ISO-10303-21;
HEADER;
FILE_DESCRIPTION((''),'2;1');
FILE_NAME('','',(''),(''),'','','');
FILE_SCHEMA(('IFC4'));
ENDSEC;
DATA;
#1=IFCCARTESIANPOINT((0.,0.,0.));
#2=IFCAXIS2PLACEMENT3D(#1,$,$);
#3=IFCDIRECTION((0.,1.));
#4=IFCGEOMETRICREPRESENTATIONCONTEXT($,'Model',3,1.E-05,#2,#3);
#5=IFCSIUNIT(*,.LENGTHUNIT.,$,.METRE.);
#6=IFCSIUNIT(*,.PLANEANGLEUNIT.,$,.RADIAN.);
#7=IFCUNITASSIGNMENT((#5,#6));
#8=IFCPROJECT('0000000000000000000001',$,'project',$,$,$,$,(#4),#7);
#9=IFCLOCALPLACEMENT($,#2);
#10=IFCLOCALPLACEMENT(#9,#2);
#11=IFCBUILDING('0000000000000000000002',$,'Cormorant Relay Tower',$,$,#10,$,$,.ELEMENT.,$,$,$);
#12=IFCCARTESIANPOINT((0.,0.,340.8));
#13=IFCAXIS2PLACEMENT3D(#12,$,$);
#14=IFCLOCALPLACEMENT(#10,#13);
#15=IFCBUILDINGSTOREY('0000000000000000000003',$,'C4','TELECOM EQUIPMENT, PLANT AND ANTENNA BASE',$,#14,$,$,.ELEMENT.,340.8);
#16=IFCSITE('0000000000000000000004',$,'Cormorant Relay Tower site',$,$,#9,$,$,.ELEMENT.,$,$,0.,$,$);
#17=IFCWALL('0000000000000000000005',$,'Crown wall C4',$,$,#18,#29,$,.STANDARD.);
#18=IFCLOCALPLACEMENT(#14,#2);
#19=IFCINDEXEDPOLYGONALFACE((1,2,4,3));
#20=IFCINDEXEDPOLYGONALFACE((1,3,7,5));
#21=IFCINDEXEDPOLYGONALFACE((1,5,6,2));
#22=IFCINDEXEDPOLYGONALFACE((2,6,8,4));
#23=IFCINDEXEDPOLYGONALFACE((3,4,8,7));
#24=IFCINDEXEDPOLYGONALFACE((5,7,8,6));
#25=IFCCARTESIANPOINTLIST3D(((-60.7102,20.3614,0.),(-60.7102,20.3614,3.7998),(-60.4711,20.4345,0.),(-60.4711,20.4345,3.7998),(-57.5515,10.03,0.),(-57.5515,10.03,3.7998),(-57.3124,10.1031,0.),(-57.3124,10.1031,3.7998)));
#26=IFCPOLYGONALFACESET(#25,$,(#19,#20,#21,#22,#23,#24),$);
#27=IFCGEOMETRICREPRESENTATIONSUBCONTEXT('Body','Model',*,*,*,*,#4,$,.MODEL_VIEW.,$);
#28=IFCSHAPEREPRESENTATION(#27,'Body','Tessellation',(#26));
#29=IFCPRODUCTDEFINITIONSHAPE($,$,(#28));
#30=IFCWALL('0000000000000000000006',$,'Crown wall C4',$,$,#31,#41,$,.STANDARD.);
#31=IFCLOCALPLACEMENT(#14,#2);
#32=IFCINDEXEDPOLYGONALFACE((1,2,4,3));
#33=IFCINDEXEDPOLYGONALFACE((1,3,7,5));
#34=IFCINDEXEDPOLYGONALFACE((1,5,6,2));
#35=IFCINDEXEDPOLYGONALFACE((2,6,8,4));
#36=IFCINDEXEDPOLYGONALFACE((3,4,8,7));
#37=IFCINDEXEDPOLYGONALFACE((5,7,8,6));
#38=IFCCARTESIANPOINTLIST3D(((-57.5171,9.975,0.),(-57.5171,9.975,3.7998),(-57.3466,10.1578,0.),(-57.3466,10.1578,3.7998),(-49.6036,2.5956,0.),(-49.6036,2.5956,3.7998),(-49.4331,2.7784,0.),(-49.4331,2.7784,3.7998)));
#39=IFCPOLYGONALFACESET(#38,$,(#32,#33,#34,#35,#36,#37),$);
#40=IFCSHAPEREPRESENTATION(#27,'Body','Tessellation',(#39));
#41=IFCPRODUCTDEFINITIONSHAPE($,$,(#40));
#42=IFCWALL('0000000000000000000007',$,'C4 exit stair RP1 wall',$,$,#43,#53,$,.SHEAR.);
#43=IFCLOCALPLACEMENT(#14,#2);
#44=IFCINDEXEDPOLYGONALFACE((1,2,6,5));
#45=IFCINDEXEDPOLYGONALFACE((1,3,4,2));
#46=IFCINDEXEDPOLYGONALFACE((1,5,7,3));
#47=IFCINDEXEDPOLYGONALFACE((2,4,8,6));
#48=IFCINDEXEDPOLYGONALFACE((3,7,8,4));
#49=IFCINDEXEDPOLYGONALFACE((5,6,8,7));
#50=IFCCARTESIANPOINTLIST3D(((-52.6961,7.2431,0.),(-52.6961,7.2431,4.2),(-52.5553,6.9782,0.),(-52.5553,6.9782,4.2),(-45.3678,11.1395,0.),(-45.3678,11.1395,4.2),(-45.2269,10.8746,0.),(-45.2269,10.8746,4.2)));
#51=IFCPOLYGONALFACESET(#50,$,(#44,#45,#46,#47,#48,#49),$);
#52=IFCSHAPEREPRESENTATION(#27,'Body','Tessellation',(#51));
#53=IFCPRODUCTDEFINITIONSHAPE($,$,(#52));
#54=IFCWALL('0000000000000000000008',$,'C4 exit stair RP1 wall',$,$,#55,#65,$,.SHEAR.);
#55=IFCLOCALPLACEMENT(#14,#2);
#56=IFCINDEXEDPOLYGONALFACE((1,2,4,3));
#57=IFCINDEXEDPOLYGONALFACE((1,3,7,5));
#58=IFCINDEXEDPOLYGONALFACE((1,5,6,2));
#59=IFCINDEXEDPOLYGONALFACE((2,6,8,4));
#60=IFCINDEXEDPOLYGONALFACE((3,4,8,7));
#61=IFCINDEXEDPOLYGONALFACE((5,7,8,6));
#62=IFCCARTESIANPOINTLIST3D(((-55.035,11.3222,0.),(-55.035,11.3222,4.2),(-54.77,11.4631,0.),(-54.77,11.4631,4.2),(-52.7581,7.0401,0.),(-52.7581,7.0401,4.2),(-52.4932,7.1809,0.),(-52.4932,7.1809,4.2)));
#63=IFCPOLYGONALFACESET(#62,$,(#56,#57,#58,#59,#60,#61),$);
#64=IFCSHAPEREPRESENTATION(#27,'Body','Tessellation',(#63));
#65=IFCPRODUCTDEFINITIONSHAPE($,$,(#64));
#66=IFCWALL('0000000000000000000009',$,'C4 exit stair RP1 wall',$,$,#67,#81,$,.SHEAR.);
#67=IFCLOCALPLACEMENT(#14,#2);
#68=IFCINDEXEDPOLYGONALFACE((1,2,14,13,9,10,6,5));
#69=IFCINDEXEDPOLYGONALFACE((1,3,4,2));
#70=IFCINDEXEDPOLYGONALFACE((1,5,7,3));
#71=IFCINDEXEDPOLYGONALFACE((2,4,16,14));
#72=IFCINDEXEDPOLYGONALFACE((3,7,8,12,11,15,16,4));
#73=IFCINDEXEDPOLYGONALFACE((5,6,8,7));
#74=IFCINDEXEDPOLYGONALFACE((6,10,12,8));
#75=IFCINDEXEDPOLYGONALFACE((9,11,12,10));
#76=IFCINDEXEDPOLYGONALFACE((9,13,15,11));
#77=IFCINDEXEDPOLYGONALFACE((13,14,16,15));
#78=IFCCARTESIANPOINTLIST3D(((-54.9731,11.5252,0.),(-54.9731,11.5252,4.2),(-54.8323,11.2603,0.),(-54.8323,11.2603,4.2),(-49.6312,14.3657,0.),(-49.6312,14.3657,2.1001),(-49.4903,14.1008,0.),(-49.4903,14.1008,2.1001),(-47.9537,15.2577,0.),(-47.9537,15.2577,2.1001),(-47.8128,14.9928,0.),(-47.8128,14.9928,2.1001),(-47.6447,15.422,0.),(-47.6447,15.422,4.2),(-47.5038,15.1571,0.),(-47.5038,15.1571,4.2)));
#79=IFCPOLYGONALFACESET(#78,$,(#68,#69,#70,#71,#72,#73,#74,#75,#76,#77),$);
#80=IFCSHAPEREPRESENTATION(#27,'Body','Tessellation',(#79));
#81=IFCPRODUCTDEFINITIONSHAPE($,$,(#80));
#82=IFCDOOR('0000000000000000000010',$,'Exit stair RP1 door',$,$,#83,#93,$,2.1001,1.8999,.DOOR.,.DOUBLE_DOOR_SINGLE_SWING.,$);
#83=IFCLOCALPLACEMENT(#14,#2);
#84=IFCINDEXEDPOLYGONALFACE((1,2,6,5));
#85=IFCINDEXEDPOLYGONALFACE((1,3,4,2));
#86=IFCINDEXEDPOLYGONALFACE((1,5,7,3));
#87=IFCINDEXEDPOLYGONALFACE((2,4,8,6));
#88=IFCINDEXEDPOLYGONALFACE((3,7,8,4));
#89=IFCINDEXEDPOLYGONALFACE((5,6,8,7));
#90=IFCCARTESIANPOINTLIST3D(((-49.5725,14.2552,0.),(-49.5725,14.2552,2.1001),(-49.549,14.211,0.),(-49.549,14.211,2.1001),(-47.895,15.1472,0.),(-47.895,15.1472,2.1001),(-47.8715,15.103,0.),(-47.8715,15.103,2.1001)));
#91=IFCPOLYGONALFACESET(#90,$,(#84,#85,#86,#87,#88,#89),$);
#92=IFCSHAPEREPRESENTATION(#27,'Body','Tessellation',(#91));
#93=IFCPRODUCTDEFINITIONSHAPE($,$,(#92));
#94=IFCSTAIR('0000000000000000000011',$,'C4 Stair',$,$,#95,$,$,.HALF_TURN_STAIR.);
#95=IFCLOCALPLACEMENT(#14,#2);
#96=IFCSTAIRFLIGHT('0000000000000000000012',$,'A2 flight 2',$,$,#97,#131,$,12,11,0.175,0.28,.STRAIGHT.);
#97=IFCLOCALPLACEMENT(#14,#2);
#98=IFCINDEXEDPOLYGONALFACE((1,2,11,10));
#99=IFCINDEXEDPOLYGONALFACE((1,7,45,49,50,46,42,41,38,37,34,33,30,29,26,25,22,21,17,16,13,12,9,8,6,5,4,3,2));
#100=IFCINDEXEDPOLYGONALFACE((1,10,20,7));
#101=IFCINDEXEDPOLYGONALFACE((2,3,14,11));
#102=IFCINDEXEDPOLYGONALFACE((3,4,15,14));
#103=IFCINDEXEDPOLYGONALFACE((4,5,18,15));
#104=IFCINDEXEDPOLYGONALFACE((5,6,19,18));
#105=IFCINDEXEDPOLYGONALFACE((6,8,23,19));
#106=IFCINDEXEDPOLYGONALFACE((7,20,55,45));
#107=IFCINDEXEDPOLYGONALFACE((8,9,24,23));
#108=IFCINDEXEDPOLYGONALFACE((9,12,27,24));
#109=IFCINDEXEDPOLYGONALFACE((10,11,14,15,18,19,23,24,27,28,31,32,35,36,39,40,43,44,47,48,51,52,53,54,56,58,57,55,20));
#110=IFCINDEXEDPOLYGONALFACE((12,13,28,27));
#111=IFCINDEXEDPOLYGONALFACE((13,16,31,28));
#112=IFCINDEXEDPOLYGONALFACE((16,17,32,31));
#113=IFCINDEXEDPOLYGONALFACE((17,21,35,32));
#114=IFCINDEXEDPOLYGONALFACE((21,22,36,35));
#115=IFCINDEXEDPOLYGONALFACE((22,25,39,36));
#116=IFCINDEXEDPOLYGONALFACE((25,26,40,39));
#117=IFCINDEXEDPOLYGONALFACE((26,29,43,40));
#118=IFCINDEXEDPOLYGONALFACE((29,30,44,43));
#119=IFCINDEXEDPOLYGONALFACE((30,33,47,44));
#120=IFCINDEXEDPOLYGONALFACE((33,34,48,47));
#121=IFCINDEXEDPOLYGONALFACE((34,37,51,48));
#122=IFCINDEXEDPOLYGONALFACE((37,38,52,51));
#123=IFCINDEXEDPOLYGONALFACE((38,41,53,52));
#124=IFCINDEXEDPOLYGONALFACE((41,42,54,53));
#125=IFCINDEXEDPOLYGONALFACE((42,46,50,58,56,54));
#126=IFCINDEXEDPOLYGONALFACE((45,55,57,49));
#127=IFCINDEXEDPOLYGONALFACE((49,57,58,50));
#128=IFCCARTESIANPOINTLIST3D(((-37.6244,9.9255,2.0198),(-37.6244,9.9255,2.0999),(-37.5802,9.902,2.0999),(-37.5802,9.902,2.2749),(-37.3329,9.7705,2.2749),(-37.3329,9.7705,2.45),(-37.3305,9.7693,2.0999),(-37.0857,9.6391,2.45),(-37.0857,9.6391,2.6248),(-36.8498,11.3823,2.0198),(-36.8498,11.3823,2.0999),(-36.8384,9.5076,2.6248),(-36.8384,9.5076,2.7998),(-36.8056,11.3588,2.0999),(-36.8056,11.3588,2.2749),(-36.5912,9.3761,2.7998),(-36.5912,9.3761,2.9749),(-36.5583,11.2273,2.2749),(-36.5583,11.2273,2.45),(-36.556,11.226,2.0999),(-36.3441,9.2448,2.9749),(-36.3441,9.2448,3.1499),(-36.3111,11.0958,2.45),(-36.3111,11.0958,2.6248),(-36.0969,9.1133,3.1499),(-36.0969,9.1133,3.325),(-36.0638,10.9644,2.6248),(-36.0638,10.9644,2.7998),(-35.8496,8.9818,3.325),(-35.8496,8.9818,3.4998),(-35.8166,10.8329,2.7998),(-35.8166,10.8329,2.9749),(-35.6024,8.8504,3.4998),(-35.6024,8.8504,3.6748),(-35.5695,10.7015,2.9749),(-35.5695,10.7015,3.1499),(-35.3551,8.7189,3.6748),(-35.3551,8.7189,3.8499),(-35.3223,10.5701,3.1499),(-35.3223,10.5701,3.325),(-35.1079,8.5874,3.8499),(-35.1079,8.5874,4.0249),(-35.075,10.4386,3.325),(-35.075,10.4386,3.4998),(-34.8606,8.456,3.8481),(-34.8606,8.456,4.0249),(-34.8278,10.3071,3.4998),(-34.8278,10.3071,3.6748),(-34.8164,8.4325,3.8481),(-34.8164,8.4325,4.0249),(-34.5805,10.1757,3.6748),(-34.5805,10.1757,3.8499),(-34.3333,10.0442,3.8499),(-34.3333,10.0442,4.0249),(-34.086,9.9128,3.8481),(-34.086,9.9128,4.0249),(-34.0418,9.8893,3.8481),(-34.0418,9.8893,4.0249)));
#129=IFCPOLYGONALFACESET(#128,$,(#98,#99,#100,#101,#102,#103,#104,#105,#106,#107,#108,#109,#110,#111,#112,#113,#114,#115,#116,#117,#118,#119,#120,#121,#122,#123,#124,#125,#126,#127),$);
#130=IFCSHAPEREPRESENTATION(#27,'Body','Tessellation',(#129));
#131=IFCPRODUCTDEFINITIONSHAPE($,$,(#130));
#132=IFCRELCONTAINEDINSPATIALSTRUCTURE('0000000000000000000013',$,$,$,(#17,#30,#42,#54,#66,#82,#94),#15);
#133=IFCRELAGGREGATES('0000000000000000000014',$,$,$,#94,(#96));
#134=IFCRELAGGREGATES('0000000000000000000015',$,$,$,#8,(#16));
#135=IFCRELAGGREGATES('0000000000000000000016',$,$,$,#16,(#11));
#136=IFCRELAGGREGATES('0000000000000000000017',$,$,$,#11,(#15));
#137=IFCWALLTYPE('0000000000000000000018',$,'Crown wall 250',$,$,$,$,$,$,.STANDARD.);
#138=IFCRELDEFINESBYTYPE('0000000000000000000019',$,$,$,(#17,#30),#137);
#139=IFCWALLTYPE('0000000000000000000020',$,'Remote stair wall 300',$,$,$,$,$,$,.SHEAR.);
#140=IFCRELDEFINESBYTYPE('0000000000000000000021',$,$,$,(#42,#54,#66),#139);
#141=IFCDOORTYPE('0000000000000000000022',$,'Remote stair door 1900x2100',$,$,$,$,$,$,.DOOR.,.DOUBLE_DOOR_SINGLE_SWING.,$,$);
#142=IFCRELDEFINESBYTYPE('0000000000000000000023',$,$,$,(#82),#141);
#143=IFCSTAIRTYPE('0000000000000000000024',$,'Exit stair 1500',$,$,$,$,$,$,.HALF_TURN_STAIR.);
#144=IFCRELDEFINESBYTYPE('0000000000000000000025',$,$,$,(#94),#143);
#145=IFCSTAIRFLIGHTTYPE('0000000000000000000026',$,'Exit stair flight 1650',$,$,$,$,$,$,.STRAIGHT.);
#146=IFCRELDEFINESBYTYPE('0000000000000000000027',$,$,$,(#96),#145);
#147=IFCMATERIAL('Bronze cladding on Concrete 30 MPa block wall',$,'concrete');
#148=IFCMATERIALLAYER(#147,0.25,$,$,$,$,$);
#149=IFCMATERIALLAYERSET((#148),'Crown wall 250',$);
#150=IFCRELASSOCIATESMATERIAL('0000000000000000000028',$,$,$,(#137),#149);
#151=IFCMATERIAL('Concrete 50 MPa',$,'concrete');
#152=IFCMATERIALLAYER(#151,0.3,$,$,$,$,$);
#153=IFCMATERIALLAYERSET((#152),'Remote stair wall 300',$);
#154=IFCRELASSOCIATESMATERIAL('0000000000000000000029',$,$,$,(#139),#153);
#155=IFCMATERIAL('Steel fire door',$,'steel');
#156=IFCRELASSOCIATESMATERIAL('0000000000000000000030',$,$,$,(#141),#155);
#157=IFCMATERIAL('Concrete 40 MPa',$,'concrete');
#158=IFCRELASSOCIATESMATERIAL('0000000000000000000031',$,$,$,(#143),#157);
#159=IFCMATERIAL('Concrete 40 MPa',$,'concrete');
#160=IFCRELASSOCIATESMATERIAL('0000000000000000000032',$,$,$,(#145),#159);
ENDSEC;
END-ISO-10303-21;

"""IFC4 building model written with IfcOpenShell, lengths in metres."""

from ifc_helpers import new_model, si_unit, direction, frame, frame_2d, origin, place, context, subcontext, project, spatial, polyline, rectangle, outline, extrude, material, layer, layer_set, type_object, element, fill, aggregate, save


model = new_model("IFC4")

# Units and contexts
model_context = context("Model", 3, precision=1e-05, world=origin(), true_north=direction((0.0, 1.0)))
body_context = subcontext(model_context, "Body", "Model", "MODEL_VIEW")
ifc_project = project(units=[si_unit("LENGTHUNIT", "METRE"), si_unit("PLANEANGLEUNIT", "RADIAN")], contexts=[model_context])

# Site, building, storey
site_placement = place(None, origin())
site = spatial("IfcSite", under=ifc_project, at=site_placement, Name="Cormorant Relay Tower site", CompositionType="ELEMENT", RefElevation=0.0)
building_placement = place(site_placement, origin())
building = spatial("IfcBuilding", under=site, at=building_placement, Name="Cormorant Relay Tower", CompositionType="ELEMENT")
storey_placement = place(building_placement, frame((0.0, 0.0, 340.8)))
storey = spatial("IfcBuildingStorey", under=building, at=storey_placement, Name="C4", Description="TELECOM EQUIPMENT, PLANT AND ANTENNA BASE", CompositionType="ELEMENT", Elevation=340.8)

# Walls
ifc_material_1 = material(Name="Bronze cladding on Concrete 30 MPa block wall", Category="concrete")
ifc_layer_1 = layer(ifc_material_1, 0.25)
ifc_layer_set_1 = layer_set([ifc_layer_1], Name="Crown wall 250")
wall_type_1 = type_object("IfcWallType", Name="Crown wall 250", PredefinedType="STANDARD", material=ifc_layer_set_1)
wall_1_placement = place(storey_placement, frame((-57.4319, 10.0664, 0.0), z_axis=(0.0, 0.0, 1.0), x_axis=(-0.29238, 0.956302, 0.0)))
element("IfcWall", 1, at=wall_1_placement, inside=storey, type_object=wall_type_1, Name="Crown wall C4", PredefinedType="STANDARD", context=body_context, shape_type="SweptSolid", body=[
    extrude(rectangle(XDim=10.8035, YDim=0.25, at=frame_2d((5.4019, 0.0))), origin(), (0.0, 0.0, 1.0), 3.7998),
])
wall_2_placement = place(storey_placement, frame((-49.5183, 2.687, 0.0), z_axis=(0.0, 0.0, 1.0), x_axis=(-0.73136, 0.681992, 0.0)))
element("IfcWall", 2, at=wall_2_placement, inside=storey, type_object=wall_type_1, Name="Crown wall C4", PredefinedType="STANDARD", context=body_context, shape_type="SweptSolid", body=[
    extrude(rectangle(XDim=10.8203, YDim=0.25, at=frame_2d((5.4102, 0.0))), origin(), (0.0, 0.0, 1.0), 3.7998),
])
ifc_material_2 = material(Name="Concrete 50 MPa", Category="concrete")
ifc_layer_2 = layer(ifc_material_2, 0.3)
ifc_layer_set_2 = layer_set([ifc_layer_2], Name="Remote stair wall 300")
wall_type_2 = type_object("IfcWallType", Name="Remote stair wall 300", PredefinedType="SHEAR", material=ifc_layer_set_2)
wall_3_placement = place(storey_placement, frame((-45.2974, 11.0071, 0.0), z_axis=(0.0, 0.0, 1.0), x_axis=(-0.882952, -0.469464, 0.0)))
element("IfcWall", 3, at=wall_3_placement, inside=storey, type_object=wall_type_2, Name="C4 exit stair RP1 wall", PredefinedType="SHEAR", context=body_context, shape_type="SweptSolid", body=[
    extrude(rectangle(XDim=8.2998, YDim=0.3, at=frame_2d((4.1499, 0.0))), origin(), (0.0, 0.0, 1.0), 4.2),
])
wall_4_placement = place(storey_placement, frame((-52.6257, 7.1106, 0.0), z_axis=(0.0, 0.0, 1.0), x_axis=(-0.469464, 0.882951, 0.0)))
element("IfcWall", 4, at=wall_4_placement, inside=storey, type_object=wall_type_2, Name="C4 exit stair RP1 wall", PredefinedType="SHEAR", context=body_context, shape_type="SweptSolid", body=[
    extrude(rectangle(XDim=4.8499, YDim=0.3, at=frame_2d((2.4248, 0.0))), origin(), (0.0, 0.0, 1.0), 4.2),
])

# Wall, opening, door
wall_5_placement = place(storey_placement, frame((-54.9026, 11.3928, 0.0), z_axis=(0.0, 0.0, 1.0), x_axis=(0.882939, 0.469487, 0.0)))
wall_5 = element("IfcWall", 5, at=wall_5_placement, inside=storey, type_object=wall_type_2, Name="C4 exit stair RP1 wall", PredefinedType="SHEAR", context=body_context, shape_type="SweptSolid", body=[
    extrude(rectangle(XDim=8.3, YDim=0.3, at=frame_2d((4.1499, 0.0))), origin(), (0.0, 0.0, 1.0), 4.2),
])
opening_1_placement = place(wall_5_placement, frame((6.05, 0.0, 0.0)))
opening_1 = element("IfcOpeningElement", 6, at=opening_1_placement, cuts=wall_5, PredefinedType="OPENING", context=body_context, shape_type="SweptSolid", body=[
    extrude(rectangle(XDim=1.8999, YDim=2.1001, at=frame_2d((0.95, 1.05))), frame((0.0, 0.1599, 0.0), z_axis=(0.0, -1.0, 0.0), x_axis=(1.0, 0.0, 0.0)), (0.0, 0.0, 1.0), 0.3201),
])
ifc_material_3 = material(Name="Steel fire door", Category="steel")
door_type_1 = type_object("IfcDoorType", Name="Remote stair door 1900x2100", OperationType="DOUBLE_DOOR_SINGLE_SWING", PredefinedType="DOOR", material=ifc_material_3)
door_1_placement = place(opening_1_placement, origin())
door_1 = element("IfcDoor", 7, at=door_1_placement, inside=storey, type_object=door_type_1, Name="Exit stair RP1 door", OperationType="DOUBLE_DOOR_SINGLE_SWING", OverallHeight=2.1001, OverallWidth=1.8999, PredefinedType="DOOR", context=body_context, shape_type="SweptSolid", body=[
    extrude(rectangle(XDim=1.8999, YDim=2.1001, at=frame_2d((0.95, 1.05))), frame((0.0, 0.0249, 0.0), z_axis=(0.0, -1.0, 0.0), x_axis=(1.0, 0.0, 0.0)), (0.0, 0.0, 1.0), 0.05),
])
fill(opening_1, door_1)

# Stair, stair flight
ifc_material_4 = material(Name="Concrete 40 MPa", Category="concrete")
stair_type_1 = type_object("IfcStairType", Name="Exit stair 1500", PredefinedType="HALF_TURN_STAIR", material=ifc_material_4)
stair_1_placement = place(storey_placement, origin())
stair_1 = element("IfcStair", 8, at=stair_1_placement, inside=storey, type_object=stair_type_1, Name="C4 Stair", PredefinedType="HALF_TURN_STAIR")
ifc_material_5 = material(Name="Concrete 40 MPa", Category="concrete")
stair_flight_type_1 = type_object("IfcStairFlightType", Name="Exit stair flight 1650", PredefinedType="STRAIGHT", material=ifc_material_5)
stair_flight_1_placement = place(storey_placement, frame((-37.1929, 10.6304, 2.0999), z_axis=(0.0, 0.0, 1.0), x_axis=(0.882948, -0.469472, 0.0)))
stair_flight_1 = element("IfcStairFlight", 9, at=stair_flight_1_placement, type_object=stair_flight_type_1, Name="A2 flight 2", NumberOfRisers=12, NumberOfTreads=11, PredefinedType="STRAIGHT", RiserHeight=0.175, TreadLength=0.28, context=body_context, shape_type="SweptSolid", body=[
    extrude(outline(polyline([(-0.05, -0.0801), (-0.05, 0.0), (0.0, 0.0), (0.0, 0.175), (0.28, 0.175), (0.28, 0.3501), (0.5601, 0.3501), (0.5601, 0.5249), (0.8401, 0.5249), (0.8401, 0.7), (1.1201, 0.7), (1.1201, 0.875), (1.3999, 0.875), (1.3999, 1.05), (1.6799, 1.05), (1.6799, 1.2251), (1.96, 1.2251), (1.96, 1.3999), (2.24, 1.3999), (2.24, 1.575), (2.52, 1.575), (2.52, 1.75), (2.8, 1.75), (2.8, 1.925), (3.0801, 1.925), (3.1301, 1.925), (3.1301, 1.7483), (3.0801, 1.7483), (0.2827, 0.0), (-0.05, -0.0801)])), frame((0.0, 0.825, 0.0), z_axis=(0.0, -1.0, 0.0), x_axis=(1.0, 0.0, 0.0)), (0.0, 0.0, 1.0), 1.6499),
])
aggregate(stair_1, [stair_flight_1])

save(model, "model.ifc")
